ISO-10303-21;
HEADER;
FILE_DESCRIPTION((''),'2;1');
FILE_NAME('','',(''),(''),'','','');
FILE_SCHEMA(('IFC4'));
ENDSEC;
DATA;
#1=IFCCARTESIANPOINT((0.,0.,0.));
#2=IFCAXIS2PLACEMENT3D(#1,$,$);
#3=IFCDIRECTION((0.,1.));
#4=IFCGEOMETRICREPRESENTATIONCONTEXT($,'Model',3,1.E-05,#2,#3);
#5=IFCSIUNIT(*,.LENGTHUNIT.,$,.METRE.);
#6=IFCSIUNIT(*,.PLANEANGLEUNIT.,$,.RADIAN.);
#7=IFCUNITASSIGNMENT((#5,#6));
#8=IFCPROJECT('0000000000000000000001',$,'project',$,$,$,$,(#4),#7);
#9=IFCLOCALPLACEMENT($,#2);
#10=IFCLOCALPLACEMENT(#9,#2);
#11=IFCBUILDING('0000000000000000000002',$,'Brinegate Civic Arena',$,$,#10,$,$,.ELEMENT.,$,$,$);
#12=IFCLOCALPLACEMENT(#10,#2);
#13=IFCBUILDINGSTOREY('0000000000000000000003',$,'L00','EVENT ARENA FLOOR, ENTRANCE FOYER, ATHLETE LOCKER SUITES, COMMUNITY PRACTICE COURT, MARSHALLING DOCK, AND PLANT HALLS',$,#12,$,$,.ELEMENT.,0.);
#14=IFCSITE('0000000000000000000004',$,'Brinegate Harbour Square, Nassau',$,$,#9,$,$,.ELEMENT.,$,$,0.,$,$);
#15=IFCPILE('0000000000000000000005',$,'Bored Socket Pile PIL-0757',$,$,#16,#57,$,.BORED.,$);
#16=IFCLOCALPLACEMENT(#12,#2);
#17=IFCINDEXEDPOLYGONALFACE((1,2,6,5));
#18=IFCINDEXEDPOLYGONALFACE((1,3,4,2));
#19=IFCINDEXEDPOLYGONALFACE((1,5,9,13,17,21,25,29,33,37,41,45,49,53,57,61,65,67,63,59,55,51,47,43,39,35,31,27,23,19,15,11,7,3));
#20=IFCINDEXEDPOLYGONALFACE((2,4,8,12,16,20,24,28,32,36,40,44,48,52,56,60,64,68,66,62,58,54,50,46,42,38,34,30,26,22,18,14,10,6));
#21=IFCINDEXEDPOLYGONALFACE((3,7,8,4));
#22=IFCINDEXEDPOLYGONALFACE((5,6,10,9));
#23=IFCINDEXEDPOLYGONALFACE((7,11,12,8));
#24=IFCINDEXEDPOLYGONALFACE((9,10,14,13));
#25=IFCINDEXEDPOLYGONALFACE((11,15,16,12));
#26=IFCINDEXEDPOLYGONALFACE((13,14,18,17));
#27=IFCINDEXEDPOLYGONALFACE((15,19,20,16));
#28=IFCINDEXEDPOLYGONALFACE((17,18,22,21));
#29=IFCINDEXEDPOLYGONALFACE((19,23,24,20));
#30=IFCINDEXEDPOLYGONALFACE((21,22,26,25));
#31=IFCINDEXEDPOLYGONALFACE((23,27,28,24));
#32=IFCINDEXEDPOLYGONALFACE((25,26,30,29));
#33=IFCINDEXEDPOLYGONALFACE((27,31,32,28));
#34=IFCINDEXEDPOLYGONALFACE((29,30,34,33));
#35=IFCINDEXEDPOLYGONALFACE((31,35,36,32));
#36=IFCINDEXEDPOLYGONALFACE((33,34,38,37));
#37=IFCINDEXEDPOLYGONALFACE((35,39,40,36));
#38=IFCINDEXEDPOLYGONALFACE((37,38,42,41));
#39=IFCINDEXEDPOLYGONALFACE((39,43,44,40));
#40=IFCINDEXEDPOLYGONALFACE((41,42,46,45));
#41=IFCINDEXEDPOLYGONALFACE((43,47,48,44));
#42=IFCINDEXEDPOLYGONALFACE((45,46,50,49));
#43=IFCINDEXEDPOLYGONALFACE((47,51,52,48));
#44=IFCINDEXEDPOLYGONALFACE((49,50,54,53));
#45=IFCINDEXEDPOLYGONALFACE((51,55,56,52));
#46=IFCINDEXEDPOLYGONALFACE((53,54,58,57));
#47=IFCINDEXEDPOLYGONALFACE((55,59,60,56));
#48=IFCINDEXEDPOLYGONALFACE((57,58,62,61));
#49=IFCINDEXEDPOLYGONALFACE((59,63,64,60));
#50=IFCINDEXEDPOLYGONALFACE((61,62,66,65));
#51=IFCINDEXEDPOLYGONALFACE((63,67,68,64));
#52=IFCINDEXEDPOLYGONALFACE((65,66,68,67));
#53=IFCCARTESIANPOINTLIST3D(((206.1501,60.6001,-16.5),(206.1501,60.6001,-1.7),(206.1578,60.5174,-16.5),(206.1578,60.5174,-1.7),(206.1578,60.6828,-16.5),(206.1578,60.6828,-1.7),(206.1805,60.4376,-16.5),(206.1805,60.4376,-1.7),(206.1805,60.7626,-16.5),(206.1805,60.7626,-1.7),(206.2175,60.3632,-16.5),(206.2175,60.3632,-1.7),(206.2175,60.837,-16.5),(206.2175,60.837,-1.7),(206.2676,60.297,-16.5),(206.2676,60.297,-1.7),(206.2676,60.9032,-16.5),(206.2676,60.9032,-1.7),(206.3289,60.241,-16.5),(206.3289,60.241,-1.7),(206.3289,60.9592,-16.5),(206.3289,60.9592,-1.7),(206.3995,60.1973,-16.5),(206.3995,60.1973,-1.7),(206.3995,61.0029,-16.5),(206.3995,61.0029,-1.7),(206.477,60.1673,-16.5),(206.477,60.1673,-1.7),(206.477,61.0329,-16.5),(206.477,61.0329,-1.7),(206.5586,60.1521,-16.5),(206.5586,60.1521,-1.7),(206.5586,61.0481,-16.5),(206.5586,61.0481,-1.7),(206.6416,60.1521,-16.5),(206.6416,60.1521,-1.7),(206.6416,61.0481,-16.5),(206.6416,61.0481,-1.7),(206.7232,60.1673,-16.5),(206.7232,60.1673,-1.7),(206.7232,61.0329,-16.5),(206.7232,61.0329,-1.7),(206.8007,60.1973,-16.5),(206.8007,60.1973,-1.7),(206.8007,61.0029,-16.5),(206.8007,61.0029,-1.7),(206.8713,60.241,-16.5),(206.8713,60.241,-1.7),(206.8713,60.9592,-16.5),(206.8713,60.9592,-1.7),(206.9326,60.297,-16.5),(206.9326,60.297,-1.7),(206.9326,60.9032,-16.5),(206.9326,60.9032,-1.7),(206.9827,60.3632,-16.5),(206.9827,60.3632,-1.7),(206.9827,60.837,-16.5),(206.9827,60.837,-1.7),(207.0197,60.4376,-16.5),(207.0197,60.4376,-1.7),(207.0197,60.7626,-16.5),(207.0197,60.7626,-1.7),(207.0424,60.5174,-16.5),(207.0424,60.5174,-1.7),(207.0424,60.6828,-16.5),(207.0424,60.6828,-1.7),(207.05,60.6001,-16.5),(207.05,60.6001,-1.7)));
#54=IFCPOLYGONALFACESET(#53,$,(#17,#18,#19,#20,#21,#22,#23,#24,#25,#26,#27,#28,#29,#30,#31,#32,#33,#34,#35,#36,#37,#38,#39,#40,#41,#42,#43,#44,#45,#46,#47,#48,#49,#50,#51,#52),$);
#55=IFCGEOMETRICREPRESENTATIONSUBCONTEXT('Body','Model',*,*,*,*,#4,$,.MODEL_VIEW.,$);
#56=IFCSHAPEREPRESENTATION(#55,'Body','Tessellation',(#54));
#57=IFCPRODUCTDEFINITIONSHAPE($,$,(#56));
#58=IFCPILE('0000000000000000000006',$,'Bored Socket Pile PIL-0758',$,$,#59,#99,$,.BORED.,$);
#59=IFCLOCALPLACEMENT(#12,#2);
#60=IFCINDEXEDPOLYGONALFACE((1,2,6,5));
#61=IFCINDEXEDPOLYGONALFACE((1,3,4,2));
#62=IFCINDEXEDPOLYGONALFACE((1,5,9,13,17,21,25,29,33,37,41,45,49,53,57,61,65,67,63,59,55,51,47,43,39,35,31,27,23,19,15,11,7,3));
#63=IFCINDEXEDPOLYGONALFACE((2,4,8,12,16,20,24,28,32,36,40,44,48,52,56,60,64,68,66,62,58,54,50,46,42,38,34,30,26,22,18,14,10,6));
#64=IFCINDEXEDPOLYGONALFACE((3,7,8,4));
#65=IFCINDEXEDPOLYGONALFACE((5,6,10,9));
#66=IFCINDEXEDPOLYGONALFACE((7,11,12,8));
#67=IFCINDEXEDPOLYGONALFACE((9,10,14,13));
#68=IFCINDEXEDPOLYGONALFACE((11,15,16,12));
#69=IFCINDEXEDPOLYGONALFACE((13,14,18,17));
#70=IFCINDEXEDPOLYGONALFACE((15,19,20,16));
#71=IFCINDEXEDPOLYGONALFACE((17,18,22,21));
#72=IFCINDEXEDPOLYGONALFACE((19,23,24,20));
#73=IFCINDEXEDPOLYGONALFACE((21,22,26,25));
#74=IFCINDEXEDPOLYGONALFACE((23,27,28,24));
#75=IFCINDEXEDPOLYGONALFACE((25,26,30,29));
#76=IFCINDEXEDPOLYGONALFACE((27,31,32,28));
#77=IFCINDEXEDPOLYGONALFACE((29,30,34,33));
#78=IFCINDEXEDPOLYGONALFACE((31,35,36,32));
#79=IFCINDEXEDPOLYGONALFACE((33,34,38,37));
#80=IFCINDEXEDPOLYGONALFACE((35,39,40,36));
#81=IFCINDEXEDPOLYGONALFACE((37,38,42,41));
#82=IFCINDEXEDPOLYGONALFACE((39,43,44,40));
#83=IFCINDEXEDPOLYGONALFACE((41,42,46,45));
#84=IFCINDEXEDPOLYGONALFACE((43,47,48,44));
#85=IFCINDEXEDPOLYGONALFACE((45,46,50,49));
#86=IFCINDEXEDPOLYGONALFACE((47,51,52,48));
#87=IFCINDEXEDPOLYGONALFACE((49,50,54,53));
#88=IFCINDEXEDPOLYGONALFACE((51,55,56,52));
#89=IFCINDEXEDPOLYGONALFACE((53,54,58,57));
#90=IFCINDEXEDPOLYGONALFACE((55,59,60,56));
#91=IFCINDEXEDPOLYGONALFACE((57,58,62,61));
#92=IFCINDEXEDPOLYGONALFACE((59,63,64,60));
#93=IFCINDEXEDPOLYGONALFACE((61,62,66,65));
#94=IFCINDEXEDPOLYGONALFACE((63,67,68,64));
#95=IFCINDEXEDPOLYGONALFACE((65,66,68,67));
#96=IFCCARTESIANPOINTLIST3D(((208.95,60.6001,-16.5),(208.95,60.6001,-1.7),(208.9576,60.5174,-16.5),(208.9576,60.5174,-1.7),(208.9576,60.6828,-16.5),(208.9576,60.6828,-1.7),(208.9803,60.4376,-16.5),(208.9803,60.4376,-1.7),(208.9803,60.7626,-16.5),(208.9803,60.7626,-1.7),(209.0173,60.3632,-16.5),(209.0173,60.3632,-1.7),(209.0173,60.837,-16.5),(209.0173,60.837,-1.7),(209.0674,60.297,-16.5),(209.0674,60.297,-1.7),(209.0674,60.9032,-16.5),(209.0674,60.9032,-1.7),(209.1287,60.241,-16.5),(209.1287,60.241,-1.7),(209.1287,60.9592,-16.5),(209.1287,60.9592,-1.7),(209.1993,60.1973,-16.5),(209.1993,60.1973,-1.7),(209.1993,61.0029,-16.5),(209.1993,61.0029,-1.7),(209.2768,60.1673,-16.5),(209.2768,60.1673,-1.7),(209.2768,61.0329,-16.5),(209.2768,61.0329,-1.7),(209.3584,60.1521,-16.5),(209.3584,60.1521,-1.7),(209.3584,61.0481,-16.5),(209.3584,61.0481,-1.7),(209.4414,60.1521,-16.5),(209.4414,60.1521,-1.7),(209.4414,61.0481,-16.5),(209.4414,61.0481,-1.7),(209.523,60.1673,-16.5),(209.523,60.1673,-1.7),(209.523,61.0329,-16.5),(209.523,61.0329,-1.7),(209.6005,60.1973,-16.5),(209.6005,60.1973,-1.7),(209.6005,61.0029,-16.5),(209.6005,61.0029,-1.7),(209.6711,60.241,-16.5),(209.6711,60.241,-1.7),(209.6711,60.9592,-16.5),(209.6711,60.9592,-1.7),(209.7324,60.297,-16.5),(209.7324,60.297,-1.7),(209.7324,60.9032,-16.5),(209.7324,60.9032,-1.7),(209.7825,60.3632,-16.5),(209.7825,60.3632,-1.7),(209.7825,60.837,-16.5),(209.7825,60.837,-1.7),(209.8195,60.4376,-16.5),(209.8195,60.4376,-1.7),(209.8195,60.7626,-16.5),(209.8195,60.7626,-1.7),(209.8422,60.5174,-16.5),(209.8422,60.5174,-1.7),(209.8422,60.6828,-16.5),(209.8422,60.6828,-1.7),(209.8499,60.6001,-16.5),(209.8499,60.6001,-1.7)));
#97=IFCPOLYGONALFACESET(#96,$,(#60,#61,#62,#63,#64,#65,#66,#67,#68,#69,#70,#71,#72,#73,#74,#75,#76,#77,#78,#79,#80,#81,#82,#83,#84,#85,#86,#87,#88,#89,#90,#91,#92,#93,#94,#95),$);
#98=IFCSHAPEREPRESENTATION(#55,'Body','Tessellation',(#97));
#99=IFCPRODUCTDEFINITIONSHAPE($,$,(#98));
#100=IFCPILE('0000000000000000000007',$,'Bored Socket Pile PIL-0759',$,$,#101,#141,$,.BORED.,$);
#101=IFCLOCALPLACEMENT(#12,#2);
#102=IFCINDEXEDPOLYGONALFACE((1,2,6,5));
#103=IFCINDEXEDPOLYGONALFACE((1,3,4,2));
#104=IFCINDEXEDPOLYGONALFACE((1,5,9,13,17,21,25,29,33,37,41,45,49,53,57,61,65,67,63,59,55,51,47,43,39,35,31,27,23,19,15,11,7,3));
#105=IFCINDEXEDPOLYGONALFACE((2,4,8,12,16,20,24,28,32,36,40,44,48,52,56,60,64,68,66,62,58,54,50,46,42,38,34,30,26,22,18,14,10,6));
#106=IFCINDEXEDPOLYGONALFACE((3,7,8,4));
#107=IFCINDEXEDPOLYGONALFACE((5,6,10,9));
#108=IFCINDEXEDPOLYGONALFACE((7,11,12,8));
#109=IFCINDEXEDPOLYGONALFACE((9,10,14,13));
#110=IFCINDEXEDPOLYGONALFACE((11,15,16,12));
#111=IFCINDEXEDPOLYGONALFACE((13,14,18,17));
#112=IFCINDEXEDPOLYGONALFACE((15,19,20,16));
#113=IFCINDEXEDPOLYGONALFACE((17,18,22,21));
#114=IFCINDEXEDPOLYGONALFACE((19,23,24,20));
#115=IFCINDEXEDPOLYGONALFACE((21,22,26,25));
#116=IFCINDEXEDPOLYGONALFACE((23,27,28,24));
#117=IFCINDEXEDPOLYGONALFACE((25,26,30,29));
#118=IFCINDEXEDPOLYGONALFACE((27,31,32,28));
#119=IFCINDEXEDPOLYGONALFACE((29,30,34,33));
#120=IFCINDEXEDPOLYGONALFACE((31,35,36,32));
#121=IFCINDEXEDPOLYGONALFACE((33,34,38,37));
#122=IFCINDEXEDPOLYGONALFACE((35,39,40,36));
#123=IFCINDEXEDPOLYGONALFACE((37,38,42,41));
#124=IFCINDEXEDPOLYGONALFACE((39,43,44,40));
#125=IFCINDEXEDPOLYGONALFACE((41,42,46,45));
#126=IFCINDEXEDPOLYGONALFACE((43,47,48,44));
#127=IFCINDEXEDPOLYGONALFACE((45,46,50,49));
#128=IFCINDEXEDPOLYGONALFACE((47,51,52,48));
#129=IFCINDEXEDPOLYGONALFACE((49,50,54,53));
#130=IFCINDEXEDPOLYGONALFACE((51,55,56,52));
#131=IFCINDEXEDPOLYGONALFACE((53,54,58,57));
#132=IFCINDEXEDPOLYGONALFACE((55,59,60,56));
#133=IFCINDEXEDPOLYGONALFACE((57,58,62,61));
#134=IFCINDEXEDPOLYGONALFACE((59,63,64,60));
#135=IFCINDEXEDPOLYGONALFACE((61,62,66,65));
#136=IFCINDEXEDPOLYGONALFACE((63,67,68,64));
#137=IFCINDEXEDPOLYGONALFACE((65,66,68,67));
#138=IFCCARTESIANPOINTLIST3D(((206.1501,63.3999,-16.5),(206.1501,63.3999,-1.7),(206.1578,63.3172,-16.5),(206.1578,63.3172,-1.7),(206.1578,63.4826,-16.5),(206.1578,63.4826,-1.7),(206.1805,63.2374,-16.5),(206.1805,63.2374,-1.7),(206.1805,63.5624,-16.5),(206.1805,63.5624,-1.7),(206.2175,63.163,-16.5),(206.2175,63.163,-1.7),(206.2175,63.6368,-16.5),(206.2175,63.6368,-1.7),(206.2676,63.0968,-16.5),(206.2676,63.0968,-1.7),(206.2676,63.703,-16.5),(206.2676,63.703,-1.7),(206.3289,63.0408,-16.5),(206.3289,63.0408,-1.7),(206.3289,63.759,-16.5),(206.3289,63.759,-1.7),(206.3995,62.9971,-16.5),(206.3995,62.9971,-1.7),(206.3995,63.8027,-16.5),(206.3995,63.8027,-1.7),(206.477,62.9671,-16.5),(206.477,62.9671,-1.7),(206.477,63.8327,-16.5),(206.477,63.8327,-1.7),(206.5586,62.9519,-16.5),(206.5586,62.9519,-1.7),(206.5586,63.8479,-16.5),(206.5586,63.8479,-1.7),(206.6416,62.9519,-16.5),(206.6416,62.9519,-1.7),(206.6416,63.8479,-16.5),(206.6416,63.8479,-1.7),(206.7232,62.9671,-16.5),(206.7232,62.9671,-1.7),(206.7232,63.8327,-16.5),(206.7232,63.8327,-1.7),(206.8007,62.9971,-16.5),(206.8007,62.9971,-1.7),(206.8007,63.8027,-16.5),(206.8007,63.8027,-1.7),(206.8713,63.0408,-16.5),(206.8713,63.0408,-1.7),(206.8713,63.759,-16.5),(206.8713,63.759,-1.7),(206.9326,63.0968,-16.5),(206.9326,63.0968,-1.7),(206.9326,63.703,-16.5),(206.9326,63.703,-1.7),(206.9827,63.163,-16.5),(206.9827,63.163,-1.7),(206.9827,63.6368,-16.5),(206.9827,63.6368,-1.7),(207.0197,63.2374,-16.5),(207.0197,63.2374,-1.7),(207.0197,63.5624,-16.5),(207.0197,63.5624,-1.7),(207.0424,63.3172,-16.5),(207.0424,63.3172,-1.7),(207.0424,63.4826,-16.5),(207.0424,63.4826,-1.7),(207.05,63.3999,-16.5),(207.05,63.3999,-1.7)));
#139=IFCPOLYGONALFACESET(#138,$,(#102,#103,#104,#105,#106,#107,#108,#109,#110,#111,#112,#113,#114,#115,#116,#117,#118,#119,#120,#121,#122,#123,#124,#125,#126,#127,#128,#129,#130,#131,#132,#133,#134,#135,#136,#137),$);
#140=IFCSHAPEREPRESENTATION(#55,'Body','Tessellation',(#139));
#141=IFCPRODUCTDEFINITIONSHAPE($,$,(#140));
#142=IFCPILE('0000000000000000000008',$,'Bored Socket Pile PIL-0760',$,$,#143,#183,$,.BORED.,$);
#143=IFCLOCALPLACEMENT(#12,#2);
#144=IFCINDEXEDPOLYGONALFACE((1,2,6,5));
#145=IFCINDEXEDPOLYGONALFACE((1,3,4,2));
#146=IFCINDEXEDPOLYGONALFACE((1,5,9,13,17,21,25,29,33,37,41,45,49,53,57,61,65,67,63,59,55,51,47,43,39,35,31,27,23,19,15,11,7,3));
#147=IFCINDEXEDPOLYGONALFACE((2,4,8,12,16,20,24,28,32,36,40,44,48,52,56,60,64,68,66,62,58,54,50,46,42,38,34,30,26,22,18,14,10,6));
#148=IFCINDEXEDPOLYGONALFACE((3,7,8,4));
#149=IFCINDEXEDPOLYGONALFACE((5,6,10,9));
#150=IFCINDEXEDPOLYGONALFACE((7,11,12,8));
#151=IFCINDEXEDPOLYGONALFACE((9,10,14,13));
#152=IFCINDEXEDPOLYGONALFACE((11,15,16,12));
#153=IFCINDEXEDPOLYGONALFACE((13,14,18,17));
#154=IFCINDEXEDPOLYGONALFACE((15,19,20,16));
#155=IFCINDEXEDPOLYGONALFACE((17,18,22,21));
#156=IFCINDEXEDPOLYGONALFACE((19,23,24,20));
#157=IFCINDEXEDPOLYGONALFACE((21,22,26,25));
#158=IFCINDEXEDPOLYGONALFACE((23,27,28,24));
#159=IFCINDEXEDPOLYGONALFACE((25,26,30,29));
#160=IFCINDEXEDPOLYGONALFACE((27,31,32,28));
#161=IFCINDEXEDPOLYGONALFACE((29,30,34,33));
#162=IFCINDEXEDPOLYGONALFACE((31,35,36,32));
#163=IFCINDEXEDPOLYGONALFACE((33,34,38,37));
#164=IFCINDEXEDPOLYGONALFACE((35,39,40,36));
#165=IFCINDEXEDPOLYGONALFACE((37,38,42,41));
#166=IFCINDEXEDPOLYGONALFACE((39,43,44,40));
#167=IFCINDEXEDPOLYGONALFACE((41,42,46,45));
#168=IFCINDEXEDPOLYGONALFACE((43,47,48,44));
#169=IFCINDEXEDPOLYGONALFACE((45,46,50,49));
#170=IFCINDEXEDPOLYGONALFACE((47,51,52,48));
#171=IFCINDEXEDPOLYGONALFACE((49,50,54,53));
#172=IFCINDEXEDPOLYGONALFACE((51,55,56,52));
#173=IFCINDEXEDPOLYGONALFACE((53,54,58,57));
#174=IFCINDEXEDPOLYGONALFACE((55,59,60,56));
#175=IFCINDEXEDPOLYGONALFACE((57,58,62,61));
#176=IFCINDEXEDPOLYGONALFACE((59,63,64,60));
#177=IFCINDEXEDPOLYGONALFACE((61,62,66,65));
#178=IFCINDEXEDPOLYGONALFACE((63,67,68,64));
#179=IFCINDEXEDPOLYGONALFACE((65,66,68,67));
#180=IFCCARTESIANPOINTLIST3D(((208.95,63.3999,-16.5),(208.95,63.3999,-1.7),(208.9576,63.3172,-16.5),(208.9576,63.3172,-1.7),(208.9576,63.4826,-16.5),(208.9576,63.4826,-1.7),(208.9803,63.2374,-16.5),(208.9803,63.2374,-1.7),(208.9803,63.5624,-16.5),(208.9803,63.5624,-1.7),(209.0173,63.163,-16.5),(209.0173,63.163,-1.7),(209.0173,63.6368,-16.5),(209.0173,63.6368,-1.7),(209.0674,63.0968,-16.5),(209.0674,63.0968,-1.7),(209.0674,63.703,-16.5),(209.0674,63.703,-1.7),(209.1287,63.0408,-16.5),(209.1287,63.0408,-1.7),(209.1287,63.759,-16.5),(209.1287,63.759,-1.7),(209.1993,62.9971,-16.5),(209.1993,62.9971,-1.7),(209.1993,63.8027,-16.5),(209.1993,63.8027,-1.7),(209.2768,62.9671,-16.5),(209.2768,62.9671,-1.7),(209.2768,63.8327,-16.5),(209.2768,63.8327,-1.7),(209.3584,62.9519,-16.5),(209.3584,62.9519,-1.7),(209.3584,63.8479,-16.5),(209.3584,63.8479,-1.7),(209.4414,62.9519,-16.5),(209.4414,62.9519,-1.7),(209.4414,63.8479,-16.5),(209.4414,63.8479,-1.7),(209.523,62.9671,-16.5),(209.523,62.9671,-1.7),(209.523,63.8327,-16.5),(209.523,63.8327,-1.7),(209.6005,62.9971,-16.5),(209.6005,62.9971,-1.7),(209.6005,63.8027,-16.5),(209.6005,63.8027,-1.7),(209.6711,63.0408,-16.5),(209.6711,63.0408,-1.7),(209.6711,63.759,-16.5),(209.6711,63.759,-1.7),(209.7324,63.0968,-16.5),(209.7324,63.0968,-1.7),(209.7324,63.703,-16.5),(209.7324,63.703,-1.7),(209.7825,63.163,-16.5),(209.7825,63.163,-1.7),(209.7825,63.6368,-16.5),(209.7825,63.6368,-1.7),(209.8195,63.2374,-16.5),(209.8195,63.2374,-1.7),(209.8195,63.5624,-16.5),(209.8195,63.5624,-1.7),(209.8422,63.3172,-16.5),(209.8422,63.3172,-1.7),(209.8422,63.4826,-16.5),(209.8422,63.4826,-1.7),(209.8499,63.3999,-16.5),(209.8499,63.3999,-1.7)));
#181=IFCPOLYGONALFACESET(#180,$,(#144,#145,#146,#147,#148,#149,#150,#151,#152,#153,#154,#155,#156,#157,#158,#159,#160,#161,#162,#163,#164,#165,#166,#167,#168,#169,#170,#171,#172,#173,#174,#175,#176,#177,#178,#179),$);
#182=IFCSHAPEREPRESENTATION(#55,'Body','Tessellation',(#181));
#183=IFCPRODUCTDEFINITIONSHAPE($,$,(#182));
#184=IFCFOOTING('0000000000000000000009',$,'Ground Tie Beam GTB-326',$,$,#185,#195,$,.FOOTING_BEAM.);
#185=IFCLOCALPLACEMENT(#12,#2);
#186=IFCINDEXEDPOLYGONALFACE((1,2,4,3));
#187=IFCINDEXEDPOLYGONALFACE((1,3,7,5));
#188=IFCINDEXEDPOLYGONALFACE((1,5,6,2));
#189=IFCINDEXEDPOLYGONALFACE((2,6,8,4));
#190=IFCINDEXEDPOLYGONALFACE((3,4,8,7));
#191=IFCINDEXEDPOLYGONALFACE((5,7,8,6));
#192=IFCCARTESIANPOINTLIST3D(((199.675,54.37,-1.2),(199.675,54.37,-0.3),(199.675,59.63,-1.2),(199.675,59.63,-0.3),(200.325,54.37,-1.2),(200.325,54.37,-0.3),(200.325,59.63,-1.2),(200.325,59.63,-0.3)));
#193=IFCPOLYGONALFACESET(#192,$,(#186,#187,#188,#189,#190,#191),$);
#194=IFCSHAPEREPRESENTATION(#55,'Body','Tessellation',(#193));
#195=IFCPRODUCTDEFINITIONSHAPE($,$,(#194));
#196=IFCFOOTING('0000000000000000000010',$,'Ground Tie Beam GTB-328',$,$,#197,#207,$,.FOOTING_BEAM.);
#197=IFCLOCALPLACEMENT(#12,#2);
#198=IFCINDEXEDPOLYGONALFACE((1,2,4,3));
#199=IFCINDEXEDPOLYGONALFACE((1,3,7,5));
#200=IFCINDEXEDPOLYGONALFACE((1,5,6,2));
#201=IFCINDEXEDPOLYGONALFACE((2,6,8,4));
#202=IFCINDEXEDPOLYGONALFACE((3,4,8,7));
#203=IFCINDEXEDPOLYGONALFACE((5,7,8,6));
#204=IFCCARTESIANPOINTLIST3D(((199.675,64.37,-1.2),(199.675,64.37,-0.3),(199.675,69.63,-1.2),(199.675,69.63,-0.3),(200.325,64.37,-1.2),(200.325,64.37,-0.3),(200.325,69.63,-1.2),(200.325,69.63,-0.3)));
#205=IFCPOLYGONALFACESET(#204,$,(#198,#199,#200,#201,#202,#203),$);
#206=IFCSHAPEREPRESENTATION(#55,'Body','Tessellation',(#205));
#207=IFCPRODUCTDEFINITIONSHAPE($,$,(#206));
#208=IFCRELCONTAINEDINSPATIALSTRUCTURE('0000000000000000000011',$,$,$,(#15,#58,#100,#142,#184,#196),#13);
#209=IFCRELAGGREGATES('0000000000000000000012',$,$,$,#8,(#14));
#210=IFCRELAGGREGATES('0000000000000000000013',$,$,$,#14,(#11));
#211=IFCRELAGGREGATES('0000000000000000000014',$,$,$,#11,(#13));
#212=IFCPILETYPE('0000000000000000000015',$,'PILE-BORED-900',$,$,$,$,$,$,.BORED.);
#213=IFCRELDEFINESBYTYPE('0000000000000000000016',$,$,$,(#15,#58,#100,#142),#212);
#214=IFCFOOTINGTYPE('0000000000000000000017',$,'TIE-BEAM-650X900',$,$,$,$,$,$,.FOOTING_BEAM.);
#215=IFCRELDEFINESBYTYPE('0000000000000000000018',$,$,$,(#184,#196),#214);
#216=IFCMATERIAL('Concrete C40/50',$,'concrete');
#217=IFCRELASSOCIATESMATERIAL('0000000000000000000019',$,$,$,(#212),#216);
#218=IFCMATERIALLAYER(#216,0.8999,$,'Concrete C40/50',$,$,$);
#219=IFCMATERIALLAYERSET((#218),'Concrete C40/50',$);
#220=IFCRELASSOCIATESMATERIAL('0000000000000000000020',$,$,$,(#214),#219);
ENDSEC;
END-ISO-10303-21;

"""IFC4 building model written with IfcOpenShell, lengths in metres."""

from ifc_helpers import new_model, si_unit, direction, frame, origin, origin_2d, place, context, subcontext, project, spatial, rectangle, circle, extrude, material, layer, layer_set, material_profile, profile_set, type_object, element, save


model = new_model("IFC4")

# Units and contexts
model_context = context("Model", 3, precision=1e-05, world=origin(), true_north=direction((0.0, 1.0)))
body_context = subcontext(model_context, "Body", "Model", "MODEL_VIEW")
ifc_project = project(units=[si_unit("LENGTHUNIT", "METRE"), si_unit("PLANEANGLEUNIT", "RADIAN")], contexts=[model_context])

# Site, building, storey
site_placement = place(None, origin())
site = spatial("IfcSite", under=ifc_project, at=site_placement, Name="Brinegate Harbour Square, Nassau", CompositionType="ELEMENT", RefElevation=0.0)
building_placement = place(site_placement, origin())
building = spatial("IfcBuilding", under=site, at=building_placement, Name="Brinegate Civic Arena", CompositionType="ELEMENT")
storey_placement = place(building_placement, origin())
storey = spatial("IfcBuildingStorey", under=building, at=storey_placement, Name="L00", Description="EVENT ARENA FLOOR, ENTRANCE FOYER, ATHLETE LOCKER SUITES, COMMUNITY PRACTICE COURT, MARSHALLING DOCK, AND PLANT HALLS", CompositionType="ELEMENT", Elevation=0.0)

# Shared definitions
ifc_material_1 = material(Name="Concrete C40/50", Category="concrete")

# Piles
ifc_material_profile_1 = material_profile(ifc_material_1, circle(Radius=0.45, at=origin_2d()), Name="PILED900")
ifc_profile_set_1 = profile_set([ifc_material_profile_1], Name="Concrete C40/50")
pile_type = type_object("IfcPileType", Name="PILE-BORED-900", PredefinedType="BORED", material=ifc_profile_set_1)
for number, where, z_axis, x_axis, name in (
    (1, (206.6001, 60.6001, -1.7), (0.0, 0.0, -1.0), (1.0, 0.0, 0.0), "Bored Socket Pile PIL-0757"),
    (2, (209.3999, 60.6001, -1.7), (0.0, 0.0, -1.0), (1.0, 0.0, 0.0), "Bored Socket Pile PIL-0758"),
    (3, (206.6001, 63.3999, -1.7), (0.0, 0.0, -1.0), (1.0, 0.0, 0.0), "Bored Socket Pile PIL-0759"),
    (4, (209.3999, 63.3999, -1.7), (0.0, 0.0, -1.0), (1.0, 0.0, 0.0), "Bored Socket Pile PIL-0760"),
):
    element("IfcPile", number, at=place(storey_placement, frame(where, z_axis=z_axis, x_axis=x_axis)), inside=storey, type_object=pile_type, Name=name, PredefinedType="BORED", context=body_context, shape_type="SweptSolid", body=[
        extrude(circle(Radius=0.45, at=origin_2d()), origin(), (0.0, 0.0, 1.0), 14.8),
    ])

# Footings
ifc_layer_1 = layer(ifc_material_1, 0.8999, Name="Concrete C40/50")
ifc_layer_set_1 = layer_set([ifc_layer_1], Name="Concrete C40/50")
footing_type_1 = type_object("IfcFootingType", Name="TIE-BEAM-650X900", PredefinedType="FOOTING_BEAM", material=ifc_layer_set_1)
for number, where, z_axis, x_axis, name in (
    (5, (200.0, 57.0, -1.2), (0.0, 0.0, 1.0), (0.0, 1.0, 0.0), "Ground Tie Beam GTB-326"),
    (6, (200.0, 67.0, -1.2), (0.0, 0.0, 1.0), (0.0, 1.0, 0.0), "Ground Tie Beam GTB-328"),
):
    element("IfcFooting", number, at=place(storey_placement, frame(where, z_axis=z_axis, x_axis=x_axis)), inside=storey, type_object=footing_type_1, Name=name, PredefinedType="FOOTING_BEAM", context=body_context, shape_type="SweptSolid", body=[
        extrude(rectangle(XDim=5.26, YDim=0.6499, at=origin_2d()), origin(), (0.0, 0.0, 1.0), 0.8999),
    ])

save(model, "model.ifc")
